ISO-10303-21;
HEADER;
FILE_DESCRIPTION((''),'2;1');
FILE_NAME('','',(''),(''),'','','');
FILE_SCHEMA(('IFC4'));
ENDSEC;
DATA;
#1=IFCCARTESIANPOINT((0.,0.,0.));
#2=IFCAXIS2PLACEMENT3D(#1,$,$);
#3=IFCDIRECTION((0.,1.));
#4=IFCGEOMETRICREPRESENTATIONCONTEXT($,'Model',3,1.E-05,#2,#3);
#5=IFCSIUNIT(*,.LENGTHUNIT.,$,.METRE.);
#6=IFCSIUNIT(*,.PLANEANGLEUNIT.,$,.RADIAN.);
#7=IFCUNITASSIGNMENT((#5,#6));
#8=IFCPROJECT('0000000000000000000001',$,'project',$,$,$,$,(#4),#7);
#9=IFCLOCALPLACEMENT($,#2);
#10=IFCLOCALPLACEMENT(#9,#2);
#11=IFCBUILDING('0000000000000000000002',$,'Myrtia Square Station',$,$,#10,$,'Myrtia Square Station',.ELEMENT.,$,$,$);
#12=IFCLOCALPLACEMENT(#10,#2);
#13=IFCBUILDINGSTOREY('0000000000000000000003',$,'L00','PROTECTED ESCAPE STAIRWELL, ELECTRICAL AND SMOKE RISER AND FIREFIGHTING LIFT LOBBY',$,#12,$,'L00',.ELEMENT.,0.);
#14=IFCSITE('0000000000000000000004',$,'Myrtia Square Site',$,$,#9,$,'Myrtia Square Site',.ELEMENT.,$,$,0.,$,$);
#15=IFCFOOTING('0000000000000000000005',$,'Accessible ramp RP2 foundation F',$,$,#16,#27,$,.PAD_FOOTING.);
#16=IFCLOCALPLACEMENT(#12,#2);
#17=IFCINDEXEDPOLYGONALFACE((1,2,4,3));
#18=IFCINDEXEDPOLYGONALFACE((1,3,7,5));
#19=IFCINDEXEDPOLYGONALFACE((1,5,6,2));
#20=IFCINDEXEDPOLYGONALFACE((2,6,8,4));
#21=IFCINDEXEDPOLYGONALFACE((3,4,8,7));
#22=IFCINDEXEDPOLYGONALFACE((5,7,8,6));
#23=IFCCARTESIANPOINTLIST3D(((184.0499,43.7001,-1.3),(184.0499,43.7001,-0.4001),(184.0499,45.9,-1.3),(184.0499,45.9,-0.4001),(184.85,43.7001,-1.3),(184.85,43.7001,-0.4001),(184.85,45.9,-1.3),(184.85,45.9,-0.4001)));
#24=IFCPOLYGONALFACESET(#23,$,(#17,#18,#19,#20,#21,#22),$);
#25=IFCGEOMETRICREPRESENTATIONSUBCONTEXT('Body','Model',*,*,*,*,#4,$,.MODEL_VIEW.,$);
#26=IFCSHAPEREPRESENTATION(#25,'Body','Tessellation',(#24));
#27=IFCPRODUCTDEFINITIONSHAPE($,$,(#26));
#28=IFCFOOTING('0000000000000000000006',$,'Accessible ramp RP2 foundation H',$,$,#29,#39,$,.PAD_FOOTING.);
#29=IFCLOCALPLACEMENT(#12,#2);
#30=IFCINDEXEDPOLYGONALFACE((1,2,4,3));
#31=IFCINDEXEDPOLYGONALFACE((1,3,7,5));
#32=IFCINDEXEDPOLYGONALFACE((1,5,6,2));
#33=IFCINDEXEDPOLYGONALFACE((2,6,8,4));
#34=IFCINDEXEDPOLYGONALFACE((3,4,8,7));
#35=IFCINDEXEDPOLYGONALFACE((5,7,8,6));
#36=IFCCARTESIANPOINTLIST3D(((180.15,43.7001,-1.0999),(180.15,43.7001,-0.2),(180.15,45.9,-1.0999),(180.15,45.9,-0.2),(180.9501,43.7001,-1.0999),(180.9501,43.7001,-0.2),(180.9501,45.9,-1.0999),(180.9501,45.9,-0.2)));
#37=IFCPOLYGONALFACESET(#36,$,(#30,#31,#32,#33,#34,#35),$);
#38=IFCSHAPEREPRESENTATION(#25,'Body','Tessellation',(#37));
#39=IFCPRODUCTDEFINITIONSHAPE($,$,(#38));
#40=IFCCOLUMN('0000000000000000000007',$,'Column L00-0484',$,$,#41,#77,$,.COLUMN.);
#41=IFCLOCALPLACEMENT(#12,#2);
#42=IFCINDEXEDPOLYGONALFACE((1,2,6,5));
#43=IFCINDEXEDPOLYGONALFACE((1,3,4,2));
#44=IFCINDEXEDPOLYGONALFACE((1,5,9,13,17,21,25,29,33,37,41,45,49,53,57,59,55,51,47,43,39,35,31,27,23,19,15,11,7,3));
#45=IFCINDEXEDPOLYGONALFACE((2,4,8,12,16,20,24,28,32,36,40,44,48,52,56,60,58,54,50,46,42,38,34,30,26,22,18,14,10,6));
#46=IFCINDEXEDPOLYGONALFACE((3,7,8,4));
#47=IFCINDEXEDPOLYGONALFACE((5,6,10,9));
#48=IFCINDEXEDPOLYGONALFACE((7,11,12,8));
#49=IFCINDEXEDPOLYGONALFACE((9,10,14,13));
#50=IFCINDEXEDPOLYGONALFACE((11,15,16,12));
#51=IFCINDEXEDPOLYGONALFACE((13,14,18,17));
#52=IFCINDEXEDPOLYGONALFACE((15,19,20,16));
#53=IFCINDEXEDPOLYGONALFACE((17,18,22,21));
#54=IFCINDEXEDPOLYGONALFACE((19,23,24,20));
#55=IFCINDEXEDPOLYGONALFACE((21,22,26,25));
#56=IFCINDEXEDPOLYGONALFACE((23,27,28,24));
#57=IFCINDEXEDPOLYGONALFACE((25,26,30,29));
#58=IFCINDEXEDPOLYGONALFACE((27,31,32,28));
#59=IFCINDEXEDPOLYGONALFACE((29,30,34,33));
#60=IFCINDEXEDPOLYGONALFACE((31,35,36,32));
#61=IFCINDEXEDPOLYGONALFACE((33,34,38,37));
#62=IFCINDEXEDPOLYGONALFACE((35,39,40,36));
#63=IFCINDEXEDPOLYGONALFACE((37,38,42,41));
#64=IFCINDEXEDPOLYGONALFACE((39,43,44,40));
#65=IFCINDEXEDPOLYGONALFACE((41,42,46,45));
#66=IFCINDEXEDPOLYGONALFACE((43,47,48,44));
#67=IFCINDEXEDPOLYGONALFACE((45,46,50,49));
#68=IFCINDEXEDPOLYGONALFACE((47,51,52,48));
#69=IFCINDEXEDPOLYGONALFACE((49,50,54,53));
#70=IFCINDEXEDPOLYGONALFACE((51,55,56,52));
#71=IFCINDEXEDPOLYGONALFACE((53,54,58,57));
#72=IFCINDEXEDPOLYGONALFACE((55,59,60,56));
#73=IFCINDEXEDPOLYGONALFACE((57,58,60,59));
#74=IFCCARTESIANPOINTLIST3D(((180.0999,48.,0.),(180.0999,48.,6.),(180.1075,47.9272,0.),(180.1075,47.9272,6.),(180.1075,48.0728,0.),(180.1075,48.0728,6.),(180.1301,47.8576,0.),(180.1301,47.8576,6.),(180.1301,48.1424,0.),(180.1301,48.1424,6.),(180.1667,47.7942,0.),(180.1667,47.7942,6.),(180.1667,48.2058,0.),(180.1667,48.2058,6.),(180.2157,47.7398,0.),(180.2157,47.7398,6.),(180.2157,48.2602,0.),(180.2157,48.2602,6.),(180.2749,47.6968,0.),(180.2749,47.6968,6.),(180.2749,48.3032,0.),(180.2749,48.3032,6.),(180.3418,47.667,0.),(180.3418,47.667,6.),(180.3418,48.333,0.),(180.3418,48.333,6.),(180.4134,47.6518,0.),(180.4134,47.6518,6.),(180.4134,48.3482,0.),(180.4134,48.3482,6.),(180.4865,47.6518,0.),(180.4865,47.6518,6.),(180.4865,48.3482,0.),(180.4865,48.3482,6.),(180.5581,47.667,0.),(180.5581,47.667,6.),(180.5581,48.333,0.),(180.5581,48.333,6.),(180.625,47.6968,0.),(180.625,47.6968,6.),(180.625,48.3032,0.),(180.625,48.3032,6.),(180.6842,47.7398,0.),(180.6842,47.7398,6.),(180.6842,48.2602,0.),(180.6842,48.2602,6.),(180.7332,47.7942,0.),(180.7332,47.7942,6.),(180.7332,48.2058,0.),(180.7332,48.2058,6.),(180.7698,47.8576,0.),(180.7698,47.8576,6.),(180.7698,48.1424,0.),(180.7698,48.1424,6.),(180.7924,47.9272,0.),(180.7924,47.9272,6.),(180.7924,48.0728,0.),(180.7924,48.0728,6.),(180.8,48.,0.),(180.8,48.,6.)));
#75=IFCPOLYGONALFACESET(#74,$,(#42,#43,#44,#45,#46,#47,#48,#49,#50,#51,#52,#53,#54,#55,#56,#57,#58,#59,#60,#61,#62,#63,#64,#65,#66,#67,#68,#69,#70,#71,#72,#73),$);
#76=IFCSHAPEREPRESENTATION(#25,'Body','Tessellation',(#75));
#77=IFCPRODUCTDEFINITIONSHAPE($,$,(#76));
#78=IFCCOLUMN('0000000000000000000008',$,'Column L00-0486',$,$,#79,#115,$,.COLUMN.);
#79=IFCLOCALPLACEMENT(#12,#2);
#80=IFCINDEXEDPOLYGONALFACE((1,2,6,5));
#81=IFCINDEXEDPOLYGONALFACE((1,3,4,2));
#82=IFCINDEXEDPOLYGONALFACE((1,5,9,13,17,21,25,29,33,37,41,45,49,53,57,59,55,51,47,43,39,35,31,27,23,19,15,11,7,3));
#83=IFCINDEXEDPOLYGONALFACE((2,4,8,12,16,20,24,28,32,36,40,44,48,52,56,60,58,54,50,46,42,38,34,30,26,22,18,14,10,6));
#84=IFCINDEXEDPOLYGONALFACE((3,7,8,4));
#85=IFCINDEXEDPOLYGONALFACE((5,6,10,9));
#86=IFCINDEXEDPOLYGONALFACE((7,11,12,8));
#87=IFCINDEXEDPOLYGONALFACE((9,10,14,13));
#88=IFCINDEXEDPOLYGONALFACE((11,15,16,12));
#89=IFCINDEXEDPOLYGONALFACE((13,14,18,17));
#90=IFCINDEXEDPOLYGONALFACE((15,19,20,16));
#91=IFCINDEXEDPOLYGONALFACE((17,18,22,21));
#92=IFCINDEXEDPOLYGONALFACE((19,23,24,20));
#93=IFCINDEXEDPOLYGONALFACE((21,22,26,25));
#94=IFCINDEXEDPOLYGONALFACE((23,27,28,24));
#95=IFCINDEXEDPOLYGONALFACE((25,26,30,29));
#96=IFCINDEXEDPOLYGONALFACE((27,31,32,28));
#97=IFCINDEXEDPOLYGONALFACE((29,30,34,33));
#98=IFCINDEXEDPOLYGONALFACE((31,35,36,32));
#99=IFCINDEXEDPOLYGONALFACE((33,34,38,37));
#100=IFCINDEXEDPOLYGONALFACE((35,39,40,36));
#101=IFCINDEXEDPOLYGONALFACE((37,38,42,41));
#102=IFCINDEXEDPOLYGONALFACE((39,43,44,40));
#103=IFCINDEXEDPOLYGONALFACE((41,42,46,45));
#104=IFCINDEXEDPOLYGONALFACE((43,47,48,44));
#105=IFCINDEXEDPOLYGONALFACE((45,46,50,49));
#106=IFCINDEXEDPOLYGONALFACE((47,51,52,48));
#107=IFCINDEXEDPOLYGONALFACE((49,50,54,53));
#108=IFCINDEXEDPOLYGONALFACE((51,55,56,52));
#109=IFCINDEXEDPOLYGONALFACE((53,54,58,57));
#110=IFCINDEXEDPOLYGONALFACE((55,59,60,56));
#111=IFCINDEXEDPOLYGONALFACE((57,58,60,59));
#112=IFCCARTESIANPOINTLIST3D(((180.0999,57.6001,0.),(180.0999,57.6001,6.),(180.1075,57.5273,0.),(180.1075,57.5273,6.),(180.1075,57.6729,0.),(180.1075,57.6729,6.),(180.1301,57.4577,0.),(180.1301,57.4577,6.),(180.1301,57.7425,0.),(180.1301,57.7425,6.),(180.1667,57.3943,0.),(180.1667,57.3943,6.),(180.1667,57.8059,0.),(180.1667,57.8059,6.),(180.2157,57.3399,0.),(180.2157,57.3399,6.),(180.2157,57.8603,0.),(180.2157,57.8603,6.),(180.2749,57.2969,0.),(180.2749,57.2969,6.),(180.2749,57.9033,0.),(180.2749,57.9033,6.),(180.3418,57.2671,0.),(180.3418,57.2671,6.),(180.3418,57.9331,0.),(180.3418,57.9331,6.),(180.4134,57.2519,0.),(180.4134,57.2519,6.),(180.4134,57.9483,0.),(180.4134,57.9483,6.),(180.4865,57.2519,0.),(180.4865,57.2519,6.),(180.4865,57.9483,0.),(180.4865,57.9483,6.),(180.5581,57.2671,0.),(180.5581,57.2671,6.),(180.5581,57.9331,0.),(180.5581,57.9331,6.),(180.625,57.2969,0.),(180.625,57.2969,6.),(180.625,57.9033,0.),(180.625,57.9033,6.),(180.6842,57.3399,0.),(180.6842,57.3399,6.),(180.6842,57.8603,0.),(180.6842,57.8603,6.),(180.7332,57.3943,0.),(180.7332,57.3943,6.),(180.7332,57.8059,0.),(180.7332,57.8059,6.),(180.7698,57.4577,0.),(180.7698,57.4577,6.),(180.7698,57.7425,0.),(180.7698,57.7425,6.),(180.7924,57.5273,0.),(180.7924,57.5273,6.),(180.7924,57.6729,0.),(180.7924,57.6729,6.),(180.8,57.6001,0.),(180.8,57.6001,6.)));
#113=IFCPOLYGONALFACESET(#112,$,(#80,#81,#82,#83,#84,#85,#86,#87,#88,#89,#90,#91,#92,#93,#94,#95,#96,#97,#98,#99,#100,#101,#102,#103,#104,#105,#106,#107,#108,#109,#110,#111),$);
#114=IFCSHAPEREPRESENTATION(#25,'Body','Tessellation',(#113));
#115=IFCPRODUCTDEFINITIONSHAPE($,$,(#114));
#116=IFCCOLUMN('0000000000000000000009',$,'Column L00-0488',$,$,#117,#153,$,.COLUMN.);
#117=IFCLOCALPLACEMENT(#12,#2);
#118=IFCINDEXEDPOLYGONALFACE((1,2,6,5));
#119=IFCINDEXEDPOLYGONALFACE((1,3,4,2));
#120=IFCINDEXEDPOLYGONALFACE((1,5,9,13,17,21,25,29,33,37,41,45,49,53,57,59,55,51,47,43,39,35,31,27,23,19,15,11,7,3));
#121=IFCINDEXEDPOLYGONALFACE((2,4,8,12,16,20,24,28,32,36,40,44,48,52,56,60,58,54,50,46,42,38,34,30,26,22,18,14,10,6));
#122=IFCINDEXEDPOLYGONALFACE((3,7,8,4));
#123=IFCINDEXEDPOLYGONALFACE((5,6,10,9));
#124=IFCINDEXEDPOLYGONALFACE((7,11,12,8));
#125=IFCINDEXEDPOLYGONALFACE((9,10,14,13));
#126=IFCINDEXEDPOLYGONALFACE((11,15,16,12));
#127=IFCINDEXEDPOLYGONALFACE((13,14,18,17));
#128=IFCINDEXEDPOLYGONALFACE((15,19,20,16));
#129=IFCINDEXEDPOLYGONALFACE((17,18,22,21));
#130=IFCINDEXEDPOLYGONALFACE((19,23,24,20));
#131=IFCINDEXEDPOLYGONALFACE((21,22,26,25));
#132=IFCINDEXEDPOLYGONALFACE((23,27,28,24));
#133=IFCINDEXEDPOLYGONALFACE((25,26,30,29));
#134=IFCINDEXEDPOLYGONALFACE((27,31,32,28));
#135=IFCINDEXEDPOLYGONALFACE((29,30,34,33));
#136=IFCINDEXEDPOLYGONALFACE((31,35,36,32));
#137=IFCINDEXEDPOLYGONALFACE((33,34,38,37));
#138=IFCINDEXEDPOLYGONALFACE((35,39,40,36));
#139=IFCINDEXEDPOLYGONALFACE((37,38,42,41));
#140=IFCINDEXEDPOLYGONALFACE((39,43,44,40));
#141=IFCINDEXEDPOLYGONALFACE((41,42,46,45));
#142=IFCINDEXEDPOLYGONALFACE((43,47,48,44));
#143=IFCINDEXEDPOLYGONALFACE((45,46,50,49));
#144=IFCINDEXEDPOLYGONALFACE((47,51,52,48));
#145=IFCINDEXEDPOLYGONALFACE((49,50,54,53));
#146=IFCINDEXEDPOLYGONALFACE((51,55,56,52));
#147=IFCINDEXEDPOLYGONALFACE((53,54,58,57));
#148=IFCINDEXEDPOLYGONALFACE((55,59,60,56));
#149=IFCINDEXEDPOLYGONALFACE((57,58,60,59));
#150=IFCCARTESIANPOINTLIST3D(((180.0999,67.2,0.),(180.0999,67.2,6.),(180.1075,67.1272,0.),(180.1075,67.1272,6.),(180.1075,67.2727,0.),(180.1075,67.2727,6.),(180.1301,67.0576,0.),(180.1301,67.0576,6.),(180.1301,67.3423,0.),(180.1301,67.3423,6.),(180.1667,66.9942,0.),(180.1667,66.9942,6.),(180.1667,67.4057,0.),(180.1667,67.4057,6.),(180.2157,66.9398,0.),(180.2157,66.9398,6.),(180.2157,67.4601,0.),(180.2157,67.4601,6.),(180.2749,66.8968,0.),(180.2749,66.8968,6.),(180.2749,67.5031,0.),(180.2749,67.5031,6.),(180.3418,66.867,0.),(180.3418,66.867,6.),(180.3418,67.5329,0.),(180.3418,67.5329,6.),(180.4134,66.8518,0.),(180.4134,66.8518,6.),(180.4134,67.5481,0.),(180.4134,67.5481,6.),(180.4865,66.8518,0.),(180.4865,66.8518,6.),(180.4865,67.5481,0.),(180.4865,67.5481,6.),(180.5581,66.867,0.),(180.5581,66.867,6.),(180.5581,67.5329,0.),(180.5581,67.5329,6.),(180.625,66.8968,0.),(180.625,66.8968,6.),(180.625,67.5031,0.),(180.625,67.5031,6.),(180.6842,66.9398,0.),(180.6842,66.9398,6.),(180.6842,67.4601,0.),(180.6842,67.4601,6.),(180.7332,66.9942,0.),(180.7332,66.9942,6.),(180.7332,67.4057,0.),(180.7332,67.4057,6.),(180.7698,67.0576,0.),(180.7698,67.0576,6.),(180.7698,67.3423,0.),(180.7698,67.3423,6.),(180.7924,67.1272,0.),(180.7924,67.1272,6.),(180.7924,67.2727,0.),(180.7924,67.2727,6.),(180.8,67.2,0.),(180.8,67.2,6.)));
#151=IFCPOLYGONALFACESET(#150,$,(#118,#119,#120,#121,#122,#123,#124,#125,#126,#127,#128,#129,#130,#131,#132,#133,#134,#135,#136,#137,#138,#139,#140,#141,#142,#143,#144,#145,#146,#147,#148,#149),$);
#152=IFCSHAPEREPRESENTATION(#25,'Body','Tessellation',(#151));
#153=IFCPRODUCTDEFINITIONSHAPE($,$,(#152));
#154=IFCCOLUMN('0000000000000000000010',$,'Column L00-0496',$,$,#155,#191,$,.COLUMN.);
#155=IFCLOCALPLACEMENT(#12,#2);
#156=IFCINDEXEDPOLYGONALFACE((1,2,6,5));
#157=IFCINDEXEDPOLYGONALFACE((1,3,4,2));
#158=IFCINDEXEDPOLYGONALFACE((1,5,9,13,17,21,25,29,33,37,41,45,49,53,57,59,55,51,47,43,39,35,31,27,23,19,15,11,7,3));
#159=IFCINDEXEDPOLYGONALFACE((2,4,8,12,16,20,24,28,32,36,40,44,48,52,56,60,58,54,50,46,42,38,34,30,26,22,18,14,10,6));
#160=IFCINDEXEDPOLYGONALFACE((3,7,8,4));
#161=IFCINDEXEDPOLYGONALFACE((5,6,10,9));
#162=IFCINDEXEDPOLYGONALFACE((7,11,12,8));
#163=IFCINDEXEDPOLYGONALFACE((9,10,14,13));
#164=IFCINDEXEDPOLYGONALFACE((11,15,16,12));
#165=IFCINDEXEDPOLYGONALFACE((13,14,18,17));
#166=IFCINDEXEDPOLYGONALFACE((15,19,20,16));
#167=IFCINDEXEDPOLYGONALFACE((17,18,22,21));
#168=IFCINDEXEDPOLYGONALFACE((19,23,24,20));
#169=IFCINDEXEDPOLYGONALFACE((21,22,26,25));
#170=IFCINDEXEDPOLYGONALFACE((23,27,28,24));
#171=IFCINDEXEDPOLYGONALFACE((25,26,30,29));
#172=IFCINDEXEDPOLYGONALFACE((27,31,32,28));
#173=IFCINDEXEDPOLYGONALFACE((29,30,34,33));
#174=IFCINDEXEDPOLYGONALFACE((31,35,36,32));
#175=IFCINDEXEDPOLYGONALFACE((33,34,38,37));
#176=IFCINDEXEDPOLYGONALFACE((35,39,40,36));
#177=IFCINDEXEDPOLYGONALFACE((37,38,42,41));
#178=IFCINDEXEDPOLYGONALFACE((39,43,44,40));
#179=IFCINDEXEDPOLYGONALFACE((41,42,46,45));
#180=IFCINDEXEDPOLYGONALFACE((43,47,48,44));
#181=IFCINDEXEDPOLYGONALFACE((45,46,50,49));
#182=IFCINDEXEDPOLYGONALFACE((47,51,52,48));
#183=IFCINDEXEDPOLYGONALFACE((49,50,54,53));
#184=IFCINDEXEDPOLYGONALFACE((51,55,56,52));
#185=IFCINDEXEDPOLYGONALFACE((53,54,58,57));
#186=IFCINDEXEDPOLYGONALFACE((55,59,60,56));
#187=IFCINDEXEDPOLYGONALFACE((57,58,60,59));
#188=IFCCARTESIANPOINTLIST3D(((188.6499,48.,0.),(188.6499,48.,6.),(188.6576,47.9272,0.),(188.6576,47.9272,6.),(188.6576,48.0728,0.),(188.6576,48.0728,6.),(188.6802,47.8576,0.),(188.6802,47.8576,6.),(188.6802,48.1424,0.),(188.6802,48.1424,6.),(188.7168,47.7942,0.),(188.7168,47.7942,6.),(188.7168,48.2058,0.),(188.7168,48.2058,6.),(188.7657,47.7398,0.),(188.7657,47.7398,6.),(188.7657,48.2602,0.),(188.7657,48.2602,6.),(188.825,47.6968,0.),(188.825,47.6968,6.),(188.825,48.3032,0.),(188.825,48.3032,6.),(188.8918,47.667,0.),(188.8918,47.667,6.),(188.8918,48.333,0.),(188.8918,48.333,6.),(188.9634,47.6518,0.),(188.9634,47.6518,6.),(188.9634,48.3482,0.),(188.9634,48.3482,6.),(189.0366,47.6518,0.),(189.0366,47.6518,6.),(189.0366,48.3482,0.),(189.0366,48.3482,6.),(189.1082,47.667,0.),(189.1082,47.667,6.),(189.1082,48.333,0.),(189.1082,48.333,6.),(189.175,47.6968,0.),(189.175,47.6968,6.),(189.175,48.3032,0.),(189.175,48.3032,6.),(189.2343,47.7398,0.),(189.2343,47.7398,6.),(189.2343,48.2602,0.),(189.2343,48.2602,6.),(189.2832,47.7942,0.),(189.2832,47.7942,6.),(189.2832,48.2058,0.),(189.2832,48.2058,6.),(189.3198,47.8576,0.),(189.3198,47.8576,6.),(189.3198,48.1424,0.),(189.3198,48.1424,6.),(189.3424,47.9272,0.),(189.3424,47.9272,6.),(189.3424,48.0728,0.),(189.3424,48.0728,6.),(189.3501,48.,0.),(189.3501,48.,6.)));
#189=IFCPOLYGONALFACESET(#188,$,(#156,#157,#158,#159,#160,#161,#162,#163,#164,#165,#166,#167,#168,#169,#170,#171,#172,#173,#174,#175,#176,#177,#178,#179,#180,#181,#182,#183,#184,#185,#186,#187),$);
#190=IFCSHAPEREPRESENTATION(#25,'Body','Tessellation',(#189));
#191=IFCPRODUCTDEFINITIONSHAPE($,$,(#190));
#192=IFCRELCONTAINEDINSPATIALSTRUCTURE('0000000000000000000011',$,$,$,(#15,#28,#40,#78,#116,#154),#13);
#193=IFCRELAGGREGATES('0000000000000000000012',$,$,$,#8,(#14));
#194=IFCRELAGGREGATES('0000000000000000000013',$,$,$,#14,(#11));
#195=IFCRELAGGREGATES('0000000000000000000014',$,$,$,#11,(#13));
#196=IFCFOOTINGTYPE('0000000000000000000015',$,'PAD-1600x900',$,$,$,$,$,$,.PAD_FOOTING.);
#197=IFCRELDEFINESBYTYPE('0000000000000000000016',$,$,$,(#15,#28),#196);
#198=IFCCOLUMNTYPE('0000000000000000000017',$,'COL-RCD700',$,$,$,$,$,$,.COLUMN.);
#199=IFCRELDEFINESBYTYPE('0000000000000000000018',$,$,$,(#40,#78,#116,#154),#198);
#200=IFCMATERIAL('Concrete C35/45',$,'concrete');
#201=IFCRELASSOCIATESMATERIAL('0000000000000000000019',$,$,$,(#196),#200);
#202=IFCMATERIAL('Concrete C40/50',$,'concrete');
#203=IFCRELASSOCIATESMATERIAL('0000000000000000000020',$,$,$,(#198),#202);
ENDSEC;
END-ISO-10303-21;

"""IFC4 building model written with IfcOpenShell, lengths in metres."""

from ifc_helpers import new_model, si_unit, direction, frame, origin, origin_2d, place, context, subcontext, project, spatial, rectangle, circle, extrude, material, material_profile, profile_set, type_object, element, save


model = new_model("IFC4")

# Units and contexts
model_context = context("Model", 3, precision=1e-05, world=origin(), true_north=direction((0.0, 1.0)))
body_context = subcontext(model_context, "Body", "Model", "MODEL_VIEW")
ifc_project = project(units=[si_unit("LENGTHUNIT", "METRE"), si_unit("PLANEANGLEUNIT", "RADIAN")], contexts=[model_context])

# Site, building, storey
site_placement = place(None, origin())
site = spatial("IfcSite", under=ifc_project, at=site_placement, Name="Myrtia Square Site", LongName="Myrtia Square Site", CompositionType="ELEMENT", RefElevation=0.0)
building_placement = place(site_placement, origin())
building = spatial("IfcBuilding", under=site, at=building_placement, Name="Myrtia Square Station", LongName="Myrtia Square Station", CompositionType="ELEMENT")
storey_placement = place(building_placement, origin())
storey = spatial("IfcBuildingStorey", under=building, at=storey_placement, Name="L00", Description="PROTECTED ESCAPE STAIRWELL, ELECTRICAL AND SMOKE RISER AND FIREFIGHTING LIFT LOBBY", LongName="L00", CompositionType="ELEMENT", Elevation=0.0)

# Footings
ifc_material_1 = material(Name="Concrete C35/45", Category="concrete")
footing_type = type_object("IfcFootingType", Name="PAD-1600x900", PredefinedType="PAD_FOOTING", material=ifc_material_1)
for number, where, z_axis, x_axis, name in (
    (1, (184.45, 44.8, -1.3), (0.0, 0.0, 1.0), (-1.0, 0.0, 0.0), "Accessible ramp RP2 foundation F"),
    (2, (180.55, 44.8, -1.0999), (0.0, 0.0, 1.0), (-1.0, 0.0, 0.0), "Accessible ramp RP2 foundation H"),
):
    element("IfcFooting", number, at=place(storey_placement, frame(where, z_axis=z_axis, x_axis=x_axis)), inside=storey, type_object=footing_type, Name=name, PredefinedType="PAD_FOOTING", context=body_context, shape_type="SweptSolid", body=[
        extrude(rectangle(XDim=0.8, YDim=2.2, at=origin_2d()), origin(), (0.0, 0.0, 1.0), 0.8999),
    ])

# Columns
ifc_material_2 = material(Name="Concrete C40/50", Category="concrete")
ifc_material_profile_1 = material_profile(ifc_material_2, circle(Radius=0.3501, at=origin_2d()), Name="RC D700")
ifc_profile_set_1 = profile_set([ifc_material_profile_1], Name="Concrete C40/50")
column_type = type_object("IfcColumnType", Name="COL-RCD700", PredefinedType="COLUMN", material=ifc_profile_set_1)
for number, where, z_axis, x_axis, name in (
    (3, (180.45, 48.0, 0.0), (0.0, 0.0, 1.0), (1.0, 0.0, 0.0), "Column L00-0484"),
    (4, (180.45, 57.6001, 0.0), (0.0, 0.0, 1.0), (1.0, 0.0, 0.0), "Column L00-0486"),
    (5, (180.45, 67.2, 0.0), (0.0, 0.0, 1.0), (1.0, 0.0, 0.0), "Column L00-0488"),
    (6, (189.0, 48.0, 0.0), (0.0, 0.0, 1.0), (1.0, 0.0, 0.0), "Column L00-0496"),
):
    element("IfcColumn", number, at=place(storey_placement, frame(where, z_axis=z_axis, x_axis=x_axis)), inside=storey, type_object=column_type, Name=name, PredefinedType="COLUMN", context=body_context, shape_type="SweptSolid", body=[
        extrude(circle(Radius=0.3501, at=origin_2d()), origin(), (0.0, 0.0, 1.0), 6.0),
    ])

save(model, "model.ifc")
